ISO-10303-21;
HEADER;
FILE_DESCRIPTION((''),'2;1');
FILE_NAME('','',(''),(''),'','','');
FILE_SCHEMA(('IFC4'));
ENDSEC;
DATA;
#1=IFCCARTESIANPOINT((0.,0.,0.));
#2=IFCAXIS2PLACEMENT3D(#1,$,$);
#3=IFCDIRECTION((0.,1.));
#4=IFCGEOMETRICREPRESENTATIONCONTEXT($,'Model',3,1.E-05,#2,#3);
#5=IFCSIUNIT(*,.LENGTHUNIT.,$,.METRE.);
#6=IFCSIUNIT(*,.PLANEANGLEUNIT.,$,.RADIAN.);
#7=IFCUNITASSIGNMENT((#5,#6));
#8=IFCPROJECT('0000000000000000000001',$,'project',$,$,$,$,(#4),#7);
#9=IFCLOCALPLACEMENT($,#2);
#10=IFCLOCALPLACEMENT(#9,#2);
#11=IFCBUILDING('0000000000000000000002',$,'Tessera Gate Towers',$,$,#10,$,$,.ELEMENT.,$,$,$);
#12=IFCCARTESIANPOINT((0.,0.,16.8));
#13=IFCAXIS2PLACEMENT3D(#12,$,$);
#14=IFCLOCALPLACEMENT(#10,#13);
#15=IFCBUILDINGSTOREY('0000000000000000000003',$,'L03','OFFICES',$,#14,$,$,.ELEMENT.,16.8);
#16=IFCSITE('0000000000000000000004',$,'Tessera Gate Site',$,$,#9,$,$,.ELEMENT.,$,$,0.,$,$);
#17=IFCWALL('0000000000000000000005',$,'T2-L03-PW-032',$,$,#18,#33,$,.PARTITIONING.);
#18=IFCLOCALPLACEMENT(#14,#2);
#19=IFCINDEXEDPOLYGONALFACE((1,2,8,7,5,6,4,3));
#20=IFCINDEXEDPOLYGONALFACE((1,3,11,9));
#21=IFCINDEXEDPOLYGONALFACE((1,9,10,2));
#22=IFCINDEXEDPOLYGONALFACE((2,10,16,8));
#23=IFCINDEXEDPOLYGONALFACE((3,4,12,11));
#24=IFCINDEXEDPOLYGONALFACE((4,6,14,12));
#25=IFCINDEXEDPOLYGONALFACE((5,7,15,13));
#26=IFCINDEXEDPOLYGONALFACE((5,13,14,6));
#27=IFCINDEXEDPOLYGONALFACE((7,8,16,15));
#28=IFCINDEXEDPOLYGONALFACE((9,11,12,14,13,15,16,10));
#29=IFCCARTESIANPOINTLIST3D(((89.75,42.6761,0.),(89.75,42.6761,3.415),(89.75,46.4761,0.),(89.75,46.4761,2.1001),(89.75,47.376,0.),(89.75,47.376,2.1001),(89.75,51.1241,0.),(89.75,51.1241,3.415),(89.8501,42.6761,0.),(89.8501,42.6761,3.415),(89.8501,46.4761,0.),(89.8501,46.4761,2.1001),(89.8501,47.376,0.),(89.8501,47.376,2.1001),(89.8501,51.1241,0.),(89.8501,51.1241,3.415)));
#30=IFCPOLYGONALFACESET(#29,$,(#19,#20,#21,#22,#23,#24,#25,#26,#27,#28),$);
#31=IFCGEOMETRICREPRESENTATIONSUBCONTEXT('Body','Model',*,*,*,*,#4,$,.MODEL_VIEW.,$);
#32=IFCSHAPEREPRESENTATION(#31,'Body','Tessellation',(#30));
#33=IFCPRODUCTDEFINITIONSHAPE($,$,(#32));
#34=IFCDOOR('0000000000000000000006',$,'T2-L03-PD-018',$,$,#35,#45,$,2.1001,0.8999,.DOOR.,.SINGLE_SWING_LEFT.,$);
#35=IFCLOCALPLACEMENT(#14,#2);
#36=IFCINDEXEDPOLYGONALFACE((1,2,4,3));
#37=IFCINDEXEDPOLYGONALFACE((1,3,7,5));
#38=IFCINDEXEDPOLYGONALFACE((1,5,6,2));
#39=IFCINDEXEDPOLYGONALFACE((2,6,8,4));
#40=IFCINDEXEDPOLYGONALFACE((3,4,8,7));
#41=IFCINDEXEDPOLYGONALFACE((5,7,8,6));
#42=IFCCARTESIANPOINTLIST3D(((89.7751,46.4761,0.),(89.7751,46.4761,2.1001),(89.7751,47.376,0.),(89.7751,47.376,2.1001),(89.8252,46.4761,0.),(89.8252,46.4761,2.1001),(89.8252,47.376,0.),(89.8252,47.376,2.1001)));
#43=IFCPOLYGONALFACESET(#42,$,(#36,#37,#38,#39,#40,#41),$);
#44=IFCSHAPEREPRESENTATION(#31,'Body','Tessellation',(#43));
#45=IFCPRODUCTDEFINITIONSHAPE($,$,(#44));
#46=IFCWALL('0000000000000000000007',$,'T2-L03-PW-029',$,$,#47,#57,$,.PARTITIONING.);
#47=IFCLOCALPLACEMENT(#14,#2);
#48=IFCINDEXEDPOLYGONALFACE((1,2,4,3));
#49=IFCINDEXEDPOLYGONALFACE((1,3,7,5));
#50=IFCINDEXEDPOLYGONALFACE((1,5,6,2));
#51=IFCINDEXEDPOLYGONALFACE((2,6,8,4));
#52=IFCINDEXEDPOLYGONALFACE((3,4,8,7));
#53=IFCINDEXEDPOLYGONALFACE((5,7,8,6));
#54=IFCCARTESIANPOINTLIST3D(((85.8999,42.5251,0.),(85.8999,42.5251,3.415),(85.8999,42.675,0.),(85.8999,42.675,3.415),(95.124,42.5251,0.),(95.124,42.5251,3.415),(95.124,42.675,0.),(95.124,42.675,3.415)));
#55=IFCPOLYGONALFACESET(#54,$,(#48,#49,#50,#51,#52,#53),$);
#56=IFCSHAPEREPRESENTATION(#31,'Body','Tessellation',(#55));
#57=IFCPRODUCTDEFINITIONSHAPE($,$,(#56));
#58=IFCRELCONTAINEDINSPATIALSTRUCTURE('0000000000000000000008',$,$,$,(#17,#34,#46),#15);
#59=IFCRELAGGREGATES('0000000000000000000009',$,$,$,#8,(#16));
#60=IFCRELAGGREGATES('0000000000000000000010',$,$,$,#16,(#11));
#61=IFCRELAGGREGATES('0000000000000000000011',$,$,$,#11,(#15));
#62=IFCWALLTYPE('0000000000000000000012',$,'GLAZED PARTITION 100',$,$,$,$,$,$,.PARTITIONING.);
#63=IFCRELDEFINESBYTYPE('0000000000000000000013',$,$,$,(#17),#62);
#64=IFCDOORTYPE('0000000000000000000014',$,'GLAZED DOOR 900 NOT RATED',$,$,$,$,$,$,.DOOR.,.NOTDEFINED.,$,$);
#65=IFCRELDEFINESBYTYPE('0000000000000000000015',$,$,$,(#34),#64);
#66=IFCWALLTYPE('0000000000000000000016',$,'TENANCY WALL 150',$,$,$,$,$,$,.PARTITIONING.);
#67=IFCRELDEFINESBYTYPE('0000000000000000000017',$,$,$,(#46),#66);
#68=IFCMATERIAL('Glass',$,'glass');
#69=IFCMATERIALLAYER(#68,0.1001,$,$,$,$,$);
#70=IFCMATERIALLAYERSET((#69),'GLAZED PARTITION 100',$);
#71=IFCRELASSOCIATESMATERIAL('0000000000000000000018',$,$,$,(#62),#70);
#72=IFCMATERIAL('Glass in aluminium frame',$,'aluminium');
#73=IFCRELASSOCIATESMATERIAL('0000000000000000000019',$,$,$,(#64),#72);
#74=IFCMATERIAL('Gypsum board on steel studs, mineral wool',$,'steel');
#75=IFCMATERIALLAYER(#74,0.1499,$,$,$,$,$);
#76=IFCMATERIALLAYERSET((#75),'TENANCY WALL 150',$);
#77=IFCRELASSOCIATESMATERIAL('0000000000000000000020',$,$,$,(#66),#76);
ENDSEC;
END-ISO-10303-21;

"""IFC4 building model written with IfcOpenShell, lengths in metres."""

from ifc_helpers import new_model, si_unit, direction, frame, frame_2d, origin, place, context, subcontext, project, spatial, rectangle, extrude, source, transform, mapped, material, layer, layer_set, type_object, element, fill, save


model = new_model("IFC4")

# Units and contexts
model_context = context("Model", 3, precision=1e-05, world=origin(), true_north=direction((0.0, 1.0)))
body_context = subcontext(model_context, "Body", "Model", "MODEL_VIEW")
ifc_project = project(units=[si_unit("LENGTHUNIT", "METRE"), si_unit("PLANEANGLEUNIT", "RADIAN")], contexts=[model_context])

# Site, building, storey
site_placement = place(None, origin())
site = spatial("IfcSite", under=ifc_project, at=site_placement, Name="Tessera Gate Site", CompositionType="ELEMENT", RefElevation=0.0)
building_placement = place(site_placement, origin())
building = spatial("IfcBuilding", under=site, at=building_placement, Name="Tessera Gate Towers", CompositionType="ELEMENT")
storey_placement = place(building_placement, frame((0.0, 0.0, 16.8)))
storey = spatial("IfcBuildingStorey", under=building, at=storey_placement, Name="L03", Description="OFFICES", CompositionType="ELEMENT", Elevation=16.8)

# Wall, opening, door
shared_shape_1 = source(origin(), body_context, "Body", "SweptSolid", [
    extrude(rectangle(XDim=0.8999, YDim=2.1001, at=frame_2d((0.45, 1.05))), frame((0.0, 0.0249, 0.0), z_axis=(0.0, -1.0, 0.0), x_axis=(1.0, 0.0, 0.0)), (0.0, 0.0, 1.0), 0.05),
])
ifc_material_1 = material(Name="Glass", Category="glass")
ifc_layer_1 = layer(ifc_material_1, 0.1001)
ifc_layer_set_1 = layer_set([ifc_layer_1], Name="GLAZED PARTITION 100")
wall_type_1 = type_object("IfcWallType", Name="GLAZED PARTITION 100", PredefinedType="PARTITIONING", material=ifc_layer_set_1)
shared_shape_2 = source(origin(), body_context, "Body", "SweptSolid", [
    extrude(rectangle(XDim=0.8999, YDim=2.1001, at=frame_2d((0.45, 1.05))), frame((0.0, 0.0601, 0.0), z_axis=(0.0, -1.0, 0.0), x_axis=(1.0, 0.0, 0.0)), (0.0, 0.0, 1.0), 0.1201),
])
ifc_material_2 = material(Name="Glass in aluminium frame", Category="aluminium")
door_type_1 = type_object("IfcDoorType", Name="GLAZED DOOR 900 NOT RATED", OperationType="NOTDEFINED", PredefinedType="DOOR", material=ifc_material_2)
wall_1_placement = place(storey_placement, frame((89.8, 42.676, 0.0), z_axis=(0.0, 0.0, 1.0), x_axis=(0.0, 1.0, 0.0)))
wall_1 = element("IfcWall", 1, at=wall_1_placement, inside=storey, type_object=wall_type_1, Name="T2-L03-PW-032", PredefinedType="PARTITIONING", context=body_context, shape_type="SweptSolid", body=[
    extrude(rectangle(XDim=8.448, YDim=0.1001, at=frame_2d((4.2241, 0.0))), origin(), (0.0, 0.0, 1.0), 3.415),
])
opening_1_placement = place(wall_1_placement, frame((3.8, 0.0, 0.0)))
opening_1 = element("IfcOpeningElement", 2, at=opening_1_placement, cuts=wall_1, PredefinedType="OPENING", context=body_context, shape_type="MappedRepresentation", body=[
    mapped(shared_shape_2, transform((0.0, 0.0, 0.0), scale=1.0)),
])
door_1_placement = place(opening_1_placement, origin())
door_1 = element("IfcDoor", 3, at=door_1_placement, inside=storey, type_object=door_type_1, Name="T2-L03-PD-018", OperationType="SINGLE_SWING_LEFT", OverallHeight=2.1001, OverallWidth=0.8999, PredefinedType="DOOR", context=body_context, shape_type="MappedRepresentation", body=[
    mapped(shared_shape_1, transform((0.0, 0.0, 0.0), scale=1.0)),
])
fill(opening_1, door_1)

# Wall
ifc_material_3 = material(Name="Gypsum board on steel studs, mineral wool", Category="steel")
ifc_layer_2 = layer(ifc_material_3, 0.1499)
ifc_layer_set_2 = layer_set([ifc_layer_2], Name="TENANCY WALL 150")
wall_type_2 = type_object("IfcWallType", Name="TENANCY WALL 150", PredefinedType="PARTITIONING", material=ifc_layer_set_2)
wall_2_placement = place(storey_placement, frame((85.8999, 42.6001, 0.0), z_axis=(0.0, 0.0, 1.0), x_axis=(1.0, 0.0, 0.0)))
element("IfcWall", 4, at=wall_2_placement, inside=storey, type_object=wall_type_2, Name="T2-L03-PW-029", PredefinedType="PARTITIONING", context=body_context, shape_type="SweptSolid", body=[
    extrude(rectangle(XDim=9.2241, YDim=0.1499, at=frame_2d((4.6121, 0.0))), origin(), (0.0, 0.0, 1.0), 3.415),
])

save(model, "model.ifc")
